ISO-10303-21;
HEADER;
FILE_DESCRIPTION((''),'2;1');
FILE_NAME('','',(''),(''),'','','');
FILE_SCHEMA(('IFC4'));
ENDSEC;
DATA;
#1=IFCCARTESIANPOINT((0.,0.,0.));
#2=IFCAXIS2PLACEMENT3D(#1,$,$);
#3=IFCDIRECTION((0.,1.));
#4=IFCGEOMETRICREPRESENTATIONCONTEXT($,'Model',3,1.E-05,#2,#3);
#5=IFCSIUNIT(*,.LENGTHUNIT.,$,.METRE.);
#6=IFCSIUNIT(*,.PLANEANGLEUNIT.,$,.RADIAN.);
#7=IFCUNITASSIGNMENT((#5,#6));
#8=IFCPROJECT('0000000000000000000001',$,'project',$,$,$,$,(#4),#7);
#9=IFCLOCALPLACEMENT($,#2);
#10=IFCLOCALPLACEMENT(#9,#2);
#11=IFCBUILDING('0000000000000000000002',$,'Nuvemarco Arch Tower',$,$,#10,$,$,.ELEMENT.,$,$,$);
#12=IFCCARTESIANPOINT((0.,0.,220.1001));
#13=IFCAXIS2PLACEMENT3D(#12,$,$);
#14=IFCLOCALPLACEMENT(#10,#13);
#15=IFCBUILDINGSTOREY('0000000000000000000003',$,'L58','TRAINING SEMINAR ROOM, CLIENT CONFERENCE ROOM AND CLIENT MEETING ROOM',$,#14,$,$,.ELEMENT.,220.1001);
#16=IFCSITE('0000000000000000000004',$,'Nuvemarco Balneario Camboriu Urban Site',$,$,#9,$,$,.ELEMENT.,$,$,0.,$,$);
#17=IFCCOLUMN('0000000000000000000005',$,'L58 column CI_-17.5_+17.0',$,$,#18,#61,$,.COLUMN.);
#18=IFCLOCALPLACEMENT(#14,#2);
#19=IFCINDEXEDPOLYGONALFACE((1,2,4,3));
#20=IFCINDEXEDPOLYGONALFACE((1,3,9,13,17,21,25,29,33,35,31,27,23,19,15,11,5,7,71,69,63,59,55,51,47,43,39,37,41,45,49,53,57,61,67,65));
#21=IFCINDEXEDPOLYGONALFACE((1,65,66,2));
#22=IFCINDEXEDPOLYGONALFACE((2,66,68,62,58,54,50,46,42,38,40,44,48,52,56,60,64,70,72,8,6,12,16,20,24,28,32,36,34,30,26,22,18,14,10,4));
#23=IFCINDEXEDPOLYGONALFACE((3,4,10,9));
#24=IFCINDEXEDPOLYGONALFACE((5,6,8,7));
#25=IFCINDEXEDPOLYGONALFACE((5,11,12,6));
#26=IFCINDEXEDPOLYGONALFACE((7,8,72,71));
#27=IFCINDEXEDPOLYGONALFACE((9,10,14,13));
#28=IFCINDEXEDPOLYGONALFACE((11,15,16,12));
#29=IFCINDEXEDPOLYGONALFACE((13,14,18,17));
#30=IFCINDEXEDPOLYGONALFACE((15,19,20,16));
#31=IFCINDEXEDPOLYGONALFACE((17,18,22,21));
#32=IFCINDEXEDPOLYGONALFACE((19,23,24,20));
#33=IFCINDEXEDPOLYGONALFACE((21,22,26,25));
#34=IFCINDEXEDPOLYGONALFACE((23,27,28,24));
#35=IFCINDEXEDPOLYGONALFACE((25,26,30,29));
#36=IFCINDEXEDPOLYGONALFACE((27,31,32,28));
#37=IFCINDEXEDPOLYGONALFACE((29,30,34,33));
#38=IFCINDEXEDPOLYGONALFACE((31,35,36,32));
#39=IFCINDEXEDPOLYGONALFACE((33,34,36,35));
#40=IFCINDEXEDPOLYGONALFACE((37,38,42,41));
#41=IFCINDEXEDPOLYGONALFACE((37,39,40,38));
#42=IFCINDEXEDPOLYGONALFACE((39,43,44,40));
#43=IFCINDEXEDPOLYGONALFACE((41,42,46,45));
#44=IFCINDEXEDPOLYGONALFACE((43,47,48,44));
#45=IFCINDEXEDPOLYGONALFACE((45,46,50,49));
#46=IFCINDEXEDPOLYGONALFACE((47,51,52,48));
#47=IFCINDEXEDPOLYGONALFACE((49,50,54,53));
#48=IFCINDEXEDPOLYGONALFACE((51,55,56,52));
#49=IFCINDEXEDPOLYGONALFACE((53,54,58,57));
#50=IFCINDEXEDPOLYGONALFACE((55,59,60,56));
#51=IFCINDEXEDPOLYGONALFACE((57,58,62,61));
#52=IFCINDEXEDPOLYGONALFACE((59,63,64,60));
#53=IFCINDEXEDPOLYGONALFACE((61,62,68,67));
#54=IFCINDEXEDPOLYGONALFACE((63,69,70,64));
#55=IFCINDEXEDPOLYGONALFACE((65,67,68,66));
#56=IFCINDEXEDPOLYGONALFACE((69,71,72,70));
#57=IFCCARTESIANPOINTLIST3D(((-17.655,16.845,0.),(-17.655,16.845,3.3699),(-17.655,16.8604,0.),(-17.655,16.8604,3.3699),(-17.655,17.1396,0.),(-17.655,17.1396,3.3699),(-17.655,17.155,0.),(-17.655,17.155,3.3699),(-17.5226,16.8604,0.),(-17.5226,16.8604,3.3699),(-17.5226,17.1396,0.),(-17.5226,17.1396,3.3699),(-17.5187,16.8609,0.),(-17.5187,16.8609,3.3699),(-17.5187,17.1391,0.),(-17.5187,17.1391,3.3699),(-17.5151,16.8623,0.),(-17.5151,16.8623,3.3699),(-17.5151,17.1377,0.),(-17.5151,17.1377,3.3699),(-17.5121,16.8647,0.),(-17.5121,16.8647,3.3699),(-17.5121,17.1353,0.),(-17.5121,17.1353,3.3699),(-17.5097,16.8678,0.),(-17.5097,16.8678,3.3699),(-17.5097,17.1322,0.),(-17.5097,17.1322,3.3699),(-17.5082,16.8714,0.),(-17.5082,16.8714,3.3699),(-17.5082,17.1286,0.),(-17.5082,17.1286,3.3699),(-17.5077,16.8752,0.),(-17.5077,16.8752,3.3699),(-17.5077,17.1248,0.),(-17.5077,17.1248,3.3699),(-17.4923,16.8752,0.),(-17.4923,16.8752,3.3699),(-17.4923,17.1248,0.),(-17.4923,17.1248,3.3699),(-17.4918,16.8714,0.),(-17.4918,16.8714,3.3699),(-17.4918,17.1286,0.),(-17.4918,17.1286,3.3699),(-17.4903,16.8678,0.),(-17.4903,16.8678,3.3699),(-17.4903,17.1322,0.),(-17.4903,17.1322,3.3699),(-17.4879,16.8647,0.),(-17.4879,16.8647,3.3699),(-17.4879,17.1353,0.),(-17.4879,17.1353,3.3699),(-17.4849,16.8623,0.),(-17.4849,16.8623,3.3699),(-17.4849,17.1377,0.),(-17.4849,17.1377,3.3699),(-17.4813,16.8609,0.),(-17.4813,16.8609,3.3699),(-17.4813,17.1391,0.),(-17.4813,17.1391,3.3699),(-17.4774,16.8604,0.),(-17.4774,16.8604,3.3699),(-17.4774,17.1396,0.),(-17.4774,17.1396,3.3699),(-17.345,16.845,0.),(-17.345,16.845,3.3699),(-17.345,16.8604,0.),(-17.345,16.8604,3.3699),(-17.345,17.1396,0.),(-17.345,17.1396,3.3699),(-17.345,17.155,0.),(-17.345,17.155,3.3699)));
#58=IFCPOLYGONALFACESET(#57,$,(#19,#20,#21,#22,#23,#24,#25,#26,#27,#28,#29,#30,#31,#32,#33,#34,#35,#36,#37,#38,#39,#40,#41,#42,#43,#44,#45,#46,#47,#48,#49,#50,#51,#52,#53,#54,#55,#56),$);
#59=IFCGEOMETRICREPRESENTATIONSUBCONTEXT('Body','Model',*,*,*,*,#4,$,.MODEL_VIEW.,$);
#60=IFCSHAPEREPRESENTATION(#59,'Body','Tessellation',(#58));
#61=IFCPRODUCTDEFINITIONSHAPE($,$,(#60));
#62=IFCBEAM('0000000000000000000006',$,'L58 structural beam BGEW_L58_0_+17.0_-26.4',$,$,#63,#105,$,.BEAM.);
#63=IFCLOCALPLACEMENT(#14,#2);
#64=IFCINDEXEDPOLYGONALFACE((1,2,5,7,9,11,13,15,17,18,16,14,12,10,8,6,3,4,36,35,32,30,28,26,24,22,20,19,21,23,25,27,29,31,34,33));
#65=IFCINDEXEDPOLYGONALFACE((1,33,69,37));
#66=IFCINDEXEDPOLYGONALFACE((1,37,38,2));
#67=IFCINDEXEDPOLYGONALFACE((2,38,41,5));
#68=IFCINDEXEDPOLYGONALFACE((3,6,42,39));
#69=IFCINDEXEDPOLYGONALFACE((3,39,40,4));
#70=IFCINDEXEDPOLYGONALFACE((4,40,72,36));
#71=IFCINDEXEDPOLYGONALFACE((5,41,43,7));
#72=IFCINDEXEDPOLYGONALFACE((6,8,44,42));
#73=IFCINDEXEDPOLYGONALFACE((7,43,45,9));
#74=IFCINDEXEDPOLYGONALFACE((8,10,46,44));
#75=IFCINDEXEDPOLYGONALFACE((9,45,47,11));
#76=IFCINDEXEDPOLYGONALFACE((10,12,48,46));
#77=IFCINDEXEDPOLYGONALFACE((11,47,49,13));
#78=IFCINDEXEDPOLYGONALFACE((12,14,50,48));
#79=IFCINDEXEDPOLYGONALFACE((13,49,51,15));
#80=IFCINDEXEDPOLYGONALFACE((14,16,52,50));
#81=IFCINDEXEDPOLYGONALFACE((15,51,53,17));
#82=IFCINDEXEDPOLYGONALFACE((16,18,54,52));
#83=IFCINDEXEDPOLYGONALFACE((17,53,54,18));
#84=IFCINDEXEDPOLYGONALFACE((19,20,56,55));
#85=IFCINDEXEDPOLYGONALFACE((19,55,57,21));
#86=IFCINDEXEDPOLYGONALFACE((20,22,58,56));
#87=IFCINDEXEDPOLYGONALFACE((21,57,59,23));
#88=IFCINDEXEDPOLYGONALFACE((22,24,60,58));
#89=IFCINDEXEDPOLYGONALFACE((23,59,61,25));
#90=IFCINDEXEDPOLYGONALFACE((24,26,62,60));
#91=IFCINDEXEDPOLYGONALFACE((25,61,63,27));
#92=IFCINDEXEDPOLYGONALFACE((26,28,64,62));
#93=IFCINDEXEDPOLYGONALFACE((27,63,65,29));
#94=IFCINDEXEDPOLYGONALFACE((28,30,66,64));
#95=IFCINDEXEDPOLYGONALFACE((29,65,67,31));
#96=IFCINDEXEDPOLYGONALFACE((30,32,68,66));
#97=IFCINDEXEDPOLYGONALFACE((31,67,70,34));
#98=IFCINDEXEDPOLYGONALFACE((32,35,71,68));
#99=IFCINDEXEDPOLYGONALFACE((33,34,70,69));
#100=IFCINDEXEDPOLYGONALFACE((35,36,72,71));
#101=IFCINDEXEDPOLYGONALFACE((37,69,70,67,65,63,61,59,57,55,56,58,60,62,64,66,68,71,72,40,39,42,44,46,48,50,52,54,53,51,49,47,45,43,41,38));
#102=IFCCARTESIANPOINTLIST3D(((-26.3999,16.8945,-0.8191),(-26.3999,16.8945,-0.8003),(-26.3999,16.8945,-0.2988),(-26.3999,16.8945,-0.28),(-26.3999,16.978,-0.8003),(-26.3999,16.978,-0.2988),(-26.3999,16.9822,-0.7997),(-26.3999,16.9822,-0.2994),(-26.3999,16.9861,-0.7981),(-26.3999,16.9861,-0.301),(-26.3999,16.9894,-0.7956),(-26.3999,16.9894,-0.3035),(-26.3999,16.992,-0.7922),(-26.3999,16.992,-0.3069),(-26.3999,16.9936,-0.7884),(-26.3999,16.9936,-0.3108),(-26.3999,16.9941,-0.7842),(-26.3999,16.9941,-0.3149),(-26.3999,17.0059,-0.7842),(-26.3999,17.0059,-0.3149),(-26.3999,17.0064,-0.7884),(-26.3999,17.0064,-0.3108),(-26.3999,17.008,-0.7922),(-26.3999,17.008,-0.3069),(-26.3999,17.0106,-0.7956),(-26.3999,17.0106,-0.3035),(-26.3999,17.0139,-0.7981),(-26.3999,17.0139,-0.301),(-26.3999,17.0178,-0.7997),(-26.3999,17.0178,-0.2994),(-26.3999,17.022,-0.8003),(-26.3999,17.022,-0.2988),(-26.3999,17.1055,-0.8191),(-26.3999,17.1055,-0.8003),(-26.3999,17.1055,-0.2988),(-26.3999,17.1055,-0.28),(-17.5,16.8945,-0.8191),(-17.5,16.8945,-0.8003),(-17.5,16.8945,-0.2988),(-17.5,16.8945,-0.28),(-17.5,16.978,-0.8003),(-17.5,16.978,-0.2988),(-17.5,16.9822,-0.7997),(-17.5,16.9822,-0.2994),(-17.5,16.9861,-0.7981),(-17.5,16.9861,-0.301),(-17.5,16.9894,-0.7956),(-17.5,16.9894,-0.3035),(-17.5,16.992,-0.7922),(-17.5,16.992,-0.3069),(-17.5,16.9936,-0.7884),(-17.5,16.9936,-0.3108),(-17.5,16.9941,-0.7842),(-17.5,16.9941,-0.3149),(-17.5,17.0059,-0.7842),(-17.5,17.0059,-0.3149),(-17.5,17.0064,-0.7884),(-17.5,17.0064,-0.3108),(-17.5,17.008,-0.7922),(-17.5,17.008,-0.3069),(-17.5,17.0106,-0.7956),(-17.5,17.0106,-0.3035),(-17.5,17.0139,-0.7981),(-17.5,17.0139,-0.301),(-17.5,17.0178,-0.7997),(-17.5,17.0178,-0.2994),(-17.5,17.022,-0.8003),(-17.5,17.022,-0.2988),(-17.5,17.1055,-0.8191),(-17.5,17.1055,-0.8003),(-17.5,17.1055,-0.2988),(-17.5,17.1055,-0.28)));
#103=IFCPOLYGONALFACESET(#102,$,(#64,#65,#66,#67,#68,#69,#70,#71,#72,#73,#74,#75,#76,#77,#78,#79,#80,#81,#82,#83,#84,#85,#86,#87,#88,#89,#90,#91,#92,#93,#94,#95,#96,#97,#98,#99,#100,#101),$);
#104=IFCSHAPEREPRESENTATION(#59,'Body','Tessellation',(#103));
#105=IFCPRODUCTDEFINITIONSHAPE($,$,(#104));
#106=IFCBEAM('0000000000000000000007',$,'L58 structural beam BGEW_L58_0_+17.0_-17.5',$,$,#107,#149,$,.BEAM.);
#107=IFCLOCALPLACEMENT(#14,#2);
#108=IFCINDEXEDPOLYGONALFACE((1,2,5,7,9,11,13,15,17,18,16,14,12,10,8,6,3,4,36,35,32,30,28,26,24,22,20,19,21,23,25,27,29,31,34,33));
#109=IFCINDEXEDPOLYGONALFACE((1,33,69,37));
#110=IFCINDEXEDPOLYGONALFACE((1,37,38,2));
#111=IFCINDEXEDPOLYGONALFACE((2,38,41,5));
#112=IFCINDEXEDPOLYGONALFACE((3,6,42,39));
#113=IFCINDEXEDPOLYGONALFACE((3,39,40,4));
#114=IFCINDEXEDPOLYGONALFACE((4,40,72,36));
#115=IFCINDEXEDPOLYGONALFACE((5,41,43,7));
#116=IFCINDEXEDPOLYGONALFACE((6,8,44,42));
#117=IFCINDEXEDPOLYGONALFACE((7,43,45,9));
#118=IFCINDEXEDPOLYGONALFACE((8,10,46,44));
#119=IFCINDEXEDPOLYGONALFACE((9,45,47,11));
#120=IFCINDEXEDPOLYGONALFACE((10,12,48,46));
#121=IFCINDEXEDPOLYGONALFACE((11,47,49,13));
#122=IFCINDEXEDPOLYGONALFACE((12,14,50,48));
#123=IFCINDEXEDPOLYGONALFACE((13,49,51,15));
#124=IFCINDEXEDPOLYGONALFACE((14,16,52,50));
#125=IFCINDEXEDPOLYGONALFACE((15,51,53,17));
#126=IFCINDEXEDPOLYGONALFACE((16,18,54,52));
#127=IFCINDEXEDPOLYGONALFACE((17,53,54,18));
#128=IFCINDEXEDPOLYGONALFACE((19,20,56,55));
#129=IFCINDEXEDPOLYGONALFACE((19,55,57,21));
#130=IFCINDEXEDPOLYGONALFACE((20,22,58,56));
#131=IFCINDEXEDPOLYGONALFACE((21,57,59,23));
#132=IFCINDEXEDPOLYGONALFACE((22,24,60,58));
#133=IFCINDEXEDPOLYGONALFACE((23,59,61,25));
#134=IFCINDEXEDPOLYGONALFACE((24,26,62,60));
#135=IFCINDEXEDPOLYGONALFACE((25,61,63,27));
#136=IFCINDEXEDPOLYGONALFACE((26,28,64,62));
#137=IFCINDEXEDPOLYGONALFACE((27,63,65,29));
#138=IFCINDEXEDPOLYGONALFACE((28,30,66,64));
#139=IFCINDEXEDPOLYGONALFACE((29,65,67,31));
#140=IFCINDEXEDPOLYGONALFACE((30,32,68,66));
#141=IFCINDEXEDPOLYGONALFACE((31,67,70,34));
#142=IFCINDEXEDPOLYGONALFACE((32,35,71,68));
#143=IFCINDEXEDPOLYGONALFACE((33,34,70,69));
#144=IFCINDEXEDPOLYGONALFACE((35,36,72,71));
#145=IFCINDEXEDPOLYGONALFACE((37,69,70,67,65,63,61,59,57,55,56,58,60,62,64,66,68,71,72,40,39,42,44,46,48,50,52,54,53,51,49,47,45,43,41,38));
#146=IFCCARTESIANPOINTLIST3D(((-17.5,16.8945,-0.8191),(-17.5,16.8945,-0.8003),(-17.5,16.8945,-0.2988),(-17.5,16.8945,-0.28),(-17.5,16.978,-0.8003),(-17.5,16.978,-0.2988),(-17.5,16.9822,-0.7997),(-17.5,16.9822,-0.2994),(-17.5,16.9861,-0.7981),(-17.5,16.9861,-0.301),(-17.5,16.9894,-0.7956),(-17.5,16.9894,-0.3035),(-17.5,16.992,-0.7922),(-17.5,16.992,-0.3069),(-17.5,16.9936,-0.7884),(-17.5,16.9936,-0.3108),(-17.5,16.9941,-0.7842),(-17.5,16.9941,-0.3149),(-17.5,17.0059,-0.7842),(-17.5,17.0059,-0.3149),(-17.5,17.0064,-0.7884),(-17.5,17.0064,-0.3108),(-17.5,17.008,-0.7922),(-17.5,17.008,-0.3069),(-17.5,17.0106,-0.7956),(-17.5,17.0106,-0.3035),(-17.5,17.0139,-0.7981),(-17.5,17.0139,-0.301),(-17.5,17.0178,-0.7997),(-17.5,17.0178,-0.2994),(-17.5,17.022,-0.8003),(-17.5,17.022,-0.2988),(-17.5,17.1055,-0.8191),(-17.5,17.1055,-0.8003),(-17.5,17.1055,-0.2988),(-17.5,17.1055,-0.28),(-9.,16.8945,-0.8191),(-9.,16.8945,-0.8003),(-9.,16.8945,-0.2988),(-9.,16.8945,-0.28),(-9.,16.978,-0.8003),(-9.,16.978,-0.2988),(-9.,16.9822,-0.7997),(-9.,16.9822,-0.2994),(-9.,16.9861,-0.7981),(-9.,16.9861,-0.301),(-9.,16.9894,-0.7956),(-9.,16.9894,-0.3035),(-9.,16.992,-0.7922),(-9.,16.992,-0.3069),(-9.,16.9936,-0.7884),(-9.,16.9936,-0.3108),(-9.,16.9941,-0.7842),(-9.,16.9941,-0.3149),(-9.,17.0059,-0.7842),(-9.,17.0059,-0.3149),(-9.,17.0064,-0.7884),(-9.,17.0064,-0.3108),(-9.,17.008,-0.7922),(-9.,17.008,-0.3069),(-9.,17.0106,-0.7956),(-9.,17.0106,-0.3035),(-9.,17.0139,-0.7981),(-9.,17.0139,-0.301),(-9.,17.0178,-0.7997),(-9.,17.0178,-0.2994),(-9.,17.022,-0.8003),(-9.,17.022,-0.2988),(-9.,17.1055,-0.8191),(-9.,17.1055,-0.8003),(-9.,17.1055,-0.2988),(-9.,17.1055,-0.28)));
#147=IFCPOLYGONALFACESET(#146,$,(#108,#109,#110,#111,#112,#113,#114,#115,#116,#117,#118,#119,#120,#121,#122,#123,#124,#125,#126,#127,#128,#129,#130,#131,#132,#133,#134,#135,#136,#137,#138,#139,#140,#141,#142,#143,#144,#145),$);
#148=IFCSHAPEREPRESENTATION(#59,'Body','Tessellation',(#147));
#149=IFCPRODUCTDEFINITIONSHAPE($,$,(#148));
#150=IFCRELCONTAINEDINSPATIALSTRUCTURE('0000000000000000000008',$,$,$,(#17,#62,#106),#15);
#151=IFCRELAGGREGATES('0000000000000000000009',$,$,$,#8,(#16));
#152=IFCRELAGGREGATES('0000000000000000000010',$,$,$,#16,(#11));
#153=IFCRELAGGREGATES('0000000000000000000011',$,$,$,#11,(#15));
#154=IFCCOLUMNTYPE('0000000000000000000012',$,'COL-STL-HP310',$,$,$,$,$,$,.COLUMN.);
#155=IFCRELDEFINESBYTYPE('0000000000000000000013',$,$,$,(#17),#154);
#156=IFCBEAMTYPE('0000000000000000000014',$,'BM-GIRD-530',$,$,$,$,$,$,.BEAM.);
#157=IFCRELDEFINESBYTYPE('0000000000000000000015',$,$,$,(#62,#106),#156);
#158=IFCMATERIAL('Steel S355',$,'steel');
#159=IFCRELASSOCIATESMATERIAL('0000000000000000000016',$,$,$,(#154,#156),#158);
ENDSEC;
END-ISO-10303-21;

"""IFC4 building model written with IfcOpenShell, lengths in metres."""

from ifc_helpers import new_model, si_unit, direction, frame, origin, origin_2d, place, context, subcontext, project, spatial, i_section, extrude, material, material_profile, profile_set, type_object, element, save


model = new_model("IFC4")

# Units and contexts
model_context = context("Model", 3, precision=1e-05, world=origin(), true_north=direction((0.0, 1.0)))
body_context = subcontext(model_context, "Body", "Model", "MODEL_VIEW")
ifc_project = project(units=[si_unit("LENGTHUNIT", "METRE"), si_unit("PLANEANGLEUNIT", "RADIAN")], contexts=[model_context])

# Site, building, storey
site_placement = place(None, origin())
site = spatial("IfcSite", under=ifc_project, at=site_placement, Name="Nuvemarco Balneario Camboriu Urban Site", CompositionType="ELEMENT", RefElevation=0.0)
building_placement = place(site_placement, origin())
building = spatial("IfcBuilding", under=site, at=building_placement, Name="Nuvemarco Arch Tower", CompositionType="ELEMENT")
storey_placement = place(building_placement, frame((0.0, 0.0, 220.1001)))
storey = spatial("IfcBuildingStorey", under=building, at=storey_placement, Name="L58", Description="TRAINING SEMINAR ROOM, CLIENT CONFERENCE ROOM AND CLIENT MEETING ROOM", CompositionType="ELEMENT", Elevation=220.1001)

# Column
ifc_material_1 = material(Name="Steel S355", Category="steel")
ifc_material_profile_1 = material_profile(ifc_material_1, i_section(OverallWidth=0.3101, OverallDepth=0.3101, WebThickness=0.0154, FlangeThickness=0.0154, FilletRadius=0.0149, at=origin_2d()), Name="HP310x110")
ifc_profile_set_1 = profile_set([ifc_material_profile_1], Name="Steel S355")
column_type = type_object("IfcColumnType", Name="COL-STL-HP310", PredefinedType="COLUMN", material=ifc_profile_set_1)
column_placement = place(storey_placement, frame((-17.5, 17.0, 0.0), z_axis=(0.0, 0.0, 1.0), x_axis=(1.0, 0.0, 0.0)))
element("IfcColumn", 1, at=column_placement, inside=storey, type_object=column_type, Name="L58 column CI_-17.5_+17.0", PredefinedType="COLUMN", context=body_context, shape_type="SweptSolid", body=[
    extrude(i_section(OverallWidth=0.3101, OverallDepth=0.3101, WebThickness=0.0154, FlangeThickness=0.0154, FilletRadius=0.0149, at=origin_2d()), origin(), (0.0, 0.0, 1.0), 3.3699),
])

# Beams
ifc_material_profile_2 = material_profile(ifc_material_1, i_section(OverallWidth=0.2109, OverallDepth=0.5391, WebThickness=0.0117, FlangeThickness=0.0188, FilletRadius=0.0161, at=origin_2d()), Name="W530x109")
ifc_profile_set_2 = profile_set([ifc_material_profile_2], Name="Steel S355")
beam_type = type_object("IfcBeamType", Name="BM-GIRD-530", PredefinedType="BEAM", material=ifc_profile_set_2)
beam_1_placement = place(storey_placement, frame((-26.3999, 17.0, -0.5496), z_axis=(1.0, 0.0, 0.0), x_axis=(0.0, 1.0, 0.0)))
element("IfcBeam", 2, at=beam_1_placement, inside=storey, type_object=beam_type, Name="L58 structural beam BGEW_L58_0_+17.0_-26.4", PredefinedType="BEAM", context=body_context, shape_type="SweptSolid", body=[
    extrude(i_section(OverallWidth=0.2109, OverallDepth=0.5391, WebThickness=0.0117, FlangeThickness=0.0188, FilletRadius=0.0161, at=origin_2d()), origin(), (0.0, 0.0, 1.0), 8.8999),
])
beam_2_placement = place(storey_placement, frame((-17.5, 17.0, -0.5496), z_axis=(1.0, 0.0, 0.0), x_axis=(0.0, 1.0, 0.0)))
element("IfcBeam", 3, at=beam_2_placement, inside=storey, type_object=beam_type, Name="L58 structural beam BGEW_L58_0_+17.0_-17.5", PredefinedType="BEAM", context=body_context, shape_type="SweptSolid", body=[
    extrude(i_section(OverallWidth=0.2109, OverallDepth=0.5391, WebThickness=0.0117, FlangeThickness=0.0188, FilletRadius=0.0161, at=origin_2d()), origin(), (0.0, 0.0, 1.0), 8.5),
])

save(model, "model.ifc")
